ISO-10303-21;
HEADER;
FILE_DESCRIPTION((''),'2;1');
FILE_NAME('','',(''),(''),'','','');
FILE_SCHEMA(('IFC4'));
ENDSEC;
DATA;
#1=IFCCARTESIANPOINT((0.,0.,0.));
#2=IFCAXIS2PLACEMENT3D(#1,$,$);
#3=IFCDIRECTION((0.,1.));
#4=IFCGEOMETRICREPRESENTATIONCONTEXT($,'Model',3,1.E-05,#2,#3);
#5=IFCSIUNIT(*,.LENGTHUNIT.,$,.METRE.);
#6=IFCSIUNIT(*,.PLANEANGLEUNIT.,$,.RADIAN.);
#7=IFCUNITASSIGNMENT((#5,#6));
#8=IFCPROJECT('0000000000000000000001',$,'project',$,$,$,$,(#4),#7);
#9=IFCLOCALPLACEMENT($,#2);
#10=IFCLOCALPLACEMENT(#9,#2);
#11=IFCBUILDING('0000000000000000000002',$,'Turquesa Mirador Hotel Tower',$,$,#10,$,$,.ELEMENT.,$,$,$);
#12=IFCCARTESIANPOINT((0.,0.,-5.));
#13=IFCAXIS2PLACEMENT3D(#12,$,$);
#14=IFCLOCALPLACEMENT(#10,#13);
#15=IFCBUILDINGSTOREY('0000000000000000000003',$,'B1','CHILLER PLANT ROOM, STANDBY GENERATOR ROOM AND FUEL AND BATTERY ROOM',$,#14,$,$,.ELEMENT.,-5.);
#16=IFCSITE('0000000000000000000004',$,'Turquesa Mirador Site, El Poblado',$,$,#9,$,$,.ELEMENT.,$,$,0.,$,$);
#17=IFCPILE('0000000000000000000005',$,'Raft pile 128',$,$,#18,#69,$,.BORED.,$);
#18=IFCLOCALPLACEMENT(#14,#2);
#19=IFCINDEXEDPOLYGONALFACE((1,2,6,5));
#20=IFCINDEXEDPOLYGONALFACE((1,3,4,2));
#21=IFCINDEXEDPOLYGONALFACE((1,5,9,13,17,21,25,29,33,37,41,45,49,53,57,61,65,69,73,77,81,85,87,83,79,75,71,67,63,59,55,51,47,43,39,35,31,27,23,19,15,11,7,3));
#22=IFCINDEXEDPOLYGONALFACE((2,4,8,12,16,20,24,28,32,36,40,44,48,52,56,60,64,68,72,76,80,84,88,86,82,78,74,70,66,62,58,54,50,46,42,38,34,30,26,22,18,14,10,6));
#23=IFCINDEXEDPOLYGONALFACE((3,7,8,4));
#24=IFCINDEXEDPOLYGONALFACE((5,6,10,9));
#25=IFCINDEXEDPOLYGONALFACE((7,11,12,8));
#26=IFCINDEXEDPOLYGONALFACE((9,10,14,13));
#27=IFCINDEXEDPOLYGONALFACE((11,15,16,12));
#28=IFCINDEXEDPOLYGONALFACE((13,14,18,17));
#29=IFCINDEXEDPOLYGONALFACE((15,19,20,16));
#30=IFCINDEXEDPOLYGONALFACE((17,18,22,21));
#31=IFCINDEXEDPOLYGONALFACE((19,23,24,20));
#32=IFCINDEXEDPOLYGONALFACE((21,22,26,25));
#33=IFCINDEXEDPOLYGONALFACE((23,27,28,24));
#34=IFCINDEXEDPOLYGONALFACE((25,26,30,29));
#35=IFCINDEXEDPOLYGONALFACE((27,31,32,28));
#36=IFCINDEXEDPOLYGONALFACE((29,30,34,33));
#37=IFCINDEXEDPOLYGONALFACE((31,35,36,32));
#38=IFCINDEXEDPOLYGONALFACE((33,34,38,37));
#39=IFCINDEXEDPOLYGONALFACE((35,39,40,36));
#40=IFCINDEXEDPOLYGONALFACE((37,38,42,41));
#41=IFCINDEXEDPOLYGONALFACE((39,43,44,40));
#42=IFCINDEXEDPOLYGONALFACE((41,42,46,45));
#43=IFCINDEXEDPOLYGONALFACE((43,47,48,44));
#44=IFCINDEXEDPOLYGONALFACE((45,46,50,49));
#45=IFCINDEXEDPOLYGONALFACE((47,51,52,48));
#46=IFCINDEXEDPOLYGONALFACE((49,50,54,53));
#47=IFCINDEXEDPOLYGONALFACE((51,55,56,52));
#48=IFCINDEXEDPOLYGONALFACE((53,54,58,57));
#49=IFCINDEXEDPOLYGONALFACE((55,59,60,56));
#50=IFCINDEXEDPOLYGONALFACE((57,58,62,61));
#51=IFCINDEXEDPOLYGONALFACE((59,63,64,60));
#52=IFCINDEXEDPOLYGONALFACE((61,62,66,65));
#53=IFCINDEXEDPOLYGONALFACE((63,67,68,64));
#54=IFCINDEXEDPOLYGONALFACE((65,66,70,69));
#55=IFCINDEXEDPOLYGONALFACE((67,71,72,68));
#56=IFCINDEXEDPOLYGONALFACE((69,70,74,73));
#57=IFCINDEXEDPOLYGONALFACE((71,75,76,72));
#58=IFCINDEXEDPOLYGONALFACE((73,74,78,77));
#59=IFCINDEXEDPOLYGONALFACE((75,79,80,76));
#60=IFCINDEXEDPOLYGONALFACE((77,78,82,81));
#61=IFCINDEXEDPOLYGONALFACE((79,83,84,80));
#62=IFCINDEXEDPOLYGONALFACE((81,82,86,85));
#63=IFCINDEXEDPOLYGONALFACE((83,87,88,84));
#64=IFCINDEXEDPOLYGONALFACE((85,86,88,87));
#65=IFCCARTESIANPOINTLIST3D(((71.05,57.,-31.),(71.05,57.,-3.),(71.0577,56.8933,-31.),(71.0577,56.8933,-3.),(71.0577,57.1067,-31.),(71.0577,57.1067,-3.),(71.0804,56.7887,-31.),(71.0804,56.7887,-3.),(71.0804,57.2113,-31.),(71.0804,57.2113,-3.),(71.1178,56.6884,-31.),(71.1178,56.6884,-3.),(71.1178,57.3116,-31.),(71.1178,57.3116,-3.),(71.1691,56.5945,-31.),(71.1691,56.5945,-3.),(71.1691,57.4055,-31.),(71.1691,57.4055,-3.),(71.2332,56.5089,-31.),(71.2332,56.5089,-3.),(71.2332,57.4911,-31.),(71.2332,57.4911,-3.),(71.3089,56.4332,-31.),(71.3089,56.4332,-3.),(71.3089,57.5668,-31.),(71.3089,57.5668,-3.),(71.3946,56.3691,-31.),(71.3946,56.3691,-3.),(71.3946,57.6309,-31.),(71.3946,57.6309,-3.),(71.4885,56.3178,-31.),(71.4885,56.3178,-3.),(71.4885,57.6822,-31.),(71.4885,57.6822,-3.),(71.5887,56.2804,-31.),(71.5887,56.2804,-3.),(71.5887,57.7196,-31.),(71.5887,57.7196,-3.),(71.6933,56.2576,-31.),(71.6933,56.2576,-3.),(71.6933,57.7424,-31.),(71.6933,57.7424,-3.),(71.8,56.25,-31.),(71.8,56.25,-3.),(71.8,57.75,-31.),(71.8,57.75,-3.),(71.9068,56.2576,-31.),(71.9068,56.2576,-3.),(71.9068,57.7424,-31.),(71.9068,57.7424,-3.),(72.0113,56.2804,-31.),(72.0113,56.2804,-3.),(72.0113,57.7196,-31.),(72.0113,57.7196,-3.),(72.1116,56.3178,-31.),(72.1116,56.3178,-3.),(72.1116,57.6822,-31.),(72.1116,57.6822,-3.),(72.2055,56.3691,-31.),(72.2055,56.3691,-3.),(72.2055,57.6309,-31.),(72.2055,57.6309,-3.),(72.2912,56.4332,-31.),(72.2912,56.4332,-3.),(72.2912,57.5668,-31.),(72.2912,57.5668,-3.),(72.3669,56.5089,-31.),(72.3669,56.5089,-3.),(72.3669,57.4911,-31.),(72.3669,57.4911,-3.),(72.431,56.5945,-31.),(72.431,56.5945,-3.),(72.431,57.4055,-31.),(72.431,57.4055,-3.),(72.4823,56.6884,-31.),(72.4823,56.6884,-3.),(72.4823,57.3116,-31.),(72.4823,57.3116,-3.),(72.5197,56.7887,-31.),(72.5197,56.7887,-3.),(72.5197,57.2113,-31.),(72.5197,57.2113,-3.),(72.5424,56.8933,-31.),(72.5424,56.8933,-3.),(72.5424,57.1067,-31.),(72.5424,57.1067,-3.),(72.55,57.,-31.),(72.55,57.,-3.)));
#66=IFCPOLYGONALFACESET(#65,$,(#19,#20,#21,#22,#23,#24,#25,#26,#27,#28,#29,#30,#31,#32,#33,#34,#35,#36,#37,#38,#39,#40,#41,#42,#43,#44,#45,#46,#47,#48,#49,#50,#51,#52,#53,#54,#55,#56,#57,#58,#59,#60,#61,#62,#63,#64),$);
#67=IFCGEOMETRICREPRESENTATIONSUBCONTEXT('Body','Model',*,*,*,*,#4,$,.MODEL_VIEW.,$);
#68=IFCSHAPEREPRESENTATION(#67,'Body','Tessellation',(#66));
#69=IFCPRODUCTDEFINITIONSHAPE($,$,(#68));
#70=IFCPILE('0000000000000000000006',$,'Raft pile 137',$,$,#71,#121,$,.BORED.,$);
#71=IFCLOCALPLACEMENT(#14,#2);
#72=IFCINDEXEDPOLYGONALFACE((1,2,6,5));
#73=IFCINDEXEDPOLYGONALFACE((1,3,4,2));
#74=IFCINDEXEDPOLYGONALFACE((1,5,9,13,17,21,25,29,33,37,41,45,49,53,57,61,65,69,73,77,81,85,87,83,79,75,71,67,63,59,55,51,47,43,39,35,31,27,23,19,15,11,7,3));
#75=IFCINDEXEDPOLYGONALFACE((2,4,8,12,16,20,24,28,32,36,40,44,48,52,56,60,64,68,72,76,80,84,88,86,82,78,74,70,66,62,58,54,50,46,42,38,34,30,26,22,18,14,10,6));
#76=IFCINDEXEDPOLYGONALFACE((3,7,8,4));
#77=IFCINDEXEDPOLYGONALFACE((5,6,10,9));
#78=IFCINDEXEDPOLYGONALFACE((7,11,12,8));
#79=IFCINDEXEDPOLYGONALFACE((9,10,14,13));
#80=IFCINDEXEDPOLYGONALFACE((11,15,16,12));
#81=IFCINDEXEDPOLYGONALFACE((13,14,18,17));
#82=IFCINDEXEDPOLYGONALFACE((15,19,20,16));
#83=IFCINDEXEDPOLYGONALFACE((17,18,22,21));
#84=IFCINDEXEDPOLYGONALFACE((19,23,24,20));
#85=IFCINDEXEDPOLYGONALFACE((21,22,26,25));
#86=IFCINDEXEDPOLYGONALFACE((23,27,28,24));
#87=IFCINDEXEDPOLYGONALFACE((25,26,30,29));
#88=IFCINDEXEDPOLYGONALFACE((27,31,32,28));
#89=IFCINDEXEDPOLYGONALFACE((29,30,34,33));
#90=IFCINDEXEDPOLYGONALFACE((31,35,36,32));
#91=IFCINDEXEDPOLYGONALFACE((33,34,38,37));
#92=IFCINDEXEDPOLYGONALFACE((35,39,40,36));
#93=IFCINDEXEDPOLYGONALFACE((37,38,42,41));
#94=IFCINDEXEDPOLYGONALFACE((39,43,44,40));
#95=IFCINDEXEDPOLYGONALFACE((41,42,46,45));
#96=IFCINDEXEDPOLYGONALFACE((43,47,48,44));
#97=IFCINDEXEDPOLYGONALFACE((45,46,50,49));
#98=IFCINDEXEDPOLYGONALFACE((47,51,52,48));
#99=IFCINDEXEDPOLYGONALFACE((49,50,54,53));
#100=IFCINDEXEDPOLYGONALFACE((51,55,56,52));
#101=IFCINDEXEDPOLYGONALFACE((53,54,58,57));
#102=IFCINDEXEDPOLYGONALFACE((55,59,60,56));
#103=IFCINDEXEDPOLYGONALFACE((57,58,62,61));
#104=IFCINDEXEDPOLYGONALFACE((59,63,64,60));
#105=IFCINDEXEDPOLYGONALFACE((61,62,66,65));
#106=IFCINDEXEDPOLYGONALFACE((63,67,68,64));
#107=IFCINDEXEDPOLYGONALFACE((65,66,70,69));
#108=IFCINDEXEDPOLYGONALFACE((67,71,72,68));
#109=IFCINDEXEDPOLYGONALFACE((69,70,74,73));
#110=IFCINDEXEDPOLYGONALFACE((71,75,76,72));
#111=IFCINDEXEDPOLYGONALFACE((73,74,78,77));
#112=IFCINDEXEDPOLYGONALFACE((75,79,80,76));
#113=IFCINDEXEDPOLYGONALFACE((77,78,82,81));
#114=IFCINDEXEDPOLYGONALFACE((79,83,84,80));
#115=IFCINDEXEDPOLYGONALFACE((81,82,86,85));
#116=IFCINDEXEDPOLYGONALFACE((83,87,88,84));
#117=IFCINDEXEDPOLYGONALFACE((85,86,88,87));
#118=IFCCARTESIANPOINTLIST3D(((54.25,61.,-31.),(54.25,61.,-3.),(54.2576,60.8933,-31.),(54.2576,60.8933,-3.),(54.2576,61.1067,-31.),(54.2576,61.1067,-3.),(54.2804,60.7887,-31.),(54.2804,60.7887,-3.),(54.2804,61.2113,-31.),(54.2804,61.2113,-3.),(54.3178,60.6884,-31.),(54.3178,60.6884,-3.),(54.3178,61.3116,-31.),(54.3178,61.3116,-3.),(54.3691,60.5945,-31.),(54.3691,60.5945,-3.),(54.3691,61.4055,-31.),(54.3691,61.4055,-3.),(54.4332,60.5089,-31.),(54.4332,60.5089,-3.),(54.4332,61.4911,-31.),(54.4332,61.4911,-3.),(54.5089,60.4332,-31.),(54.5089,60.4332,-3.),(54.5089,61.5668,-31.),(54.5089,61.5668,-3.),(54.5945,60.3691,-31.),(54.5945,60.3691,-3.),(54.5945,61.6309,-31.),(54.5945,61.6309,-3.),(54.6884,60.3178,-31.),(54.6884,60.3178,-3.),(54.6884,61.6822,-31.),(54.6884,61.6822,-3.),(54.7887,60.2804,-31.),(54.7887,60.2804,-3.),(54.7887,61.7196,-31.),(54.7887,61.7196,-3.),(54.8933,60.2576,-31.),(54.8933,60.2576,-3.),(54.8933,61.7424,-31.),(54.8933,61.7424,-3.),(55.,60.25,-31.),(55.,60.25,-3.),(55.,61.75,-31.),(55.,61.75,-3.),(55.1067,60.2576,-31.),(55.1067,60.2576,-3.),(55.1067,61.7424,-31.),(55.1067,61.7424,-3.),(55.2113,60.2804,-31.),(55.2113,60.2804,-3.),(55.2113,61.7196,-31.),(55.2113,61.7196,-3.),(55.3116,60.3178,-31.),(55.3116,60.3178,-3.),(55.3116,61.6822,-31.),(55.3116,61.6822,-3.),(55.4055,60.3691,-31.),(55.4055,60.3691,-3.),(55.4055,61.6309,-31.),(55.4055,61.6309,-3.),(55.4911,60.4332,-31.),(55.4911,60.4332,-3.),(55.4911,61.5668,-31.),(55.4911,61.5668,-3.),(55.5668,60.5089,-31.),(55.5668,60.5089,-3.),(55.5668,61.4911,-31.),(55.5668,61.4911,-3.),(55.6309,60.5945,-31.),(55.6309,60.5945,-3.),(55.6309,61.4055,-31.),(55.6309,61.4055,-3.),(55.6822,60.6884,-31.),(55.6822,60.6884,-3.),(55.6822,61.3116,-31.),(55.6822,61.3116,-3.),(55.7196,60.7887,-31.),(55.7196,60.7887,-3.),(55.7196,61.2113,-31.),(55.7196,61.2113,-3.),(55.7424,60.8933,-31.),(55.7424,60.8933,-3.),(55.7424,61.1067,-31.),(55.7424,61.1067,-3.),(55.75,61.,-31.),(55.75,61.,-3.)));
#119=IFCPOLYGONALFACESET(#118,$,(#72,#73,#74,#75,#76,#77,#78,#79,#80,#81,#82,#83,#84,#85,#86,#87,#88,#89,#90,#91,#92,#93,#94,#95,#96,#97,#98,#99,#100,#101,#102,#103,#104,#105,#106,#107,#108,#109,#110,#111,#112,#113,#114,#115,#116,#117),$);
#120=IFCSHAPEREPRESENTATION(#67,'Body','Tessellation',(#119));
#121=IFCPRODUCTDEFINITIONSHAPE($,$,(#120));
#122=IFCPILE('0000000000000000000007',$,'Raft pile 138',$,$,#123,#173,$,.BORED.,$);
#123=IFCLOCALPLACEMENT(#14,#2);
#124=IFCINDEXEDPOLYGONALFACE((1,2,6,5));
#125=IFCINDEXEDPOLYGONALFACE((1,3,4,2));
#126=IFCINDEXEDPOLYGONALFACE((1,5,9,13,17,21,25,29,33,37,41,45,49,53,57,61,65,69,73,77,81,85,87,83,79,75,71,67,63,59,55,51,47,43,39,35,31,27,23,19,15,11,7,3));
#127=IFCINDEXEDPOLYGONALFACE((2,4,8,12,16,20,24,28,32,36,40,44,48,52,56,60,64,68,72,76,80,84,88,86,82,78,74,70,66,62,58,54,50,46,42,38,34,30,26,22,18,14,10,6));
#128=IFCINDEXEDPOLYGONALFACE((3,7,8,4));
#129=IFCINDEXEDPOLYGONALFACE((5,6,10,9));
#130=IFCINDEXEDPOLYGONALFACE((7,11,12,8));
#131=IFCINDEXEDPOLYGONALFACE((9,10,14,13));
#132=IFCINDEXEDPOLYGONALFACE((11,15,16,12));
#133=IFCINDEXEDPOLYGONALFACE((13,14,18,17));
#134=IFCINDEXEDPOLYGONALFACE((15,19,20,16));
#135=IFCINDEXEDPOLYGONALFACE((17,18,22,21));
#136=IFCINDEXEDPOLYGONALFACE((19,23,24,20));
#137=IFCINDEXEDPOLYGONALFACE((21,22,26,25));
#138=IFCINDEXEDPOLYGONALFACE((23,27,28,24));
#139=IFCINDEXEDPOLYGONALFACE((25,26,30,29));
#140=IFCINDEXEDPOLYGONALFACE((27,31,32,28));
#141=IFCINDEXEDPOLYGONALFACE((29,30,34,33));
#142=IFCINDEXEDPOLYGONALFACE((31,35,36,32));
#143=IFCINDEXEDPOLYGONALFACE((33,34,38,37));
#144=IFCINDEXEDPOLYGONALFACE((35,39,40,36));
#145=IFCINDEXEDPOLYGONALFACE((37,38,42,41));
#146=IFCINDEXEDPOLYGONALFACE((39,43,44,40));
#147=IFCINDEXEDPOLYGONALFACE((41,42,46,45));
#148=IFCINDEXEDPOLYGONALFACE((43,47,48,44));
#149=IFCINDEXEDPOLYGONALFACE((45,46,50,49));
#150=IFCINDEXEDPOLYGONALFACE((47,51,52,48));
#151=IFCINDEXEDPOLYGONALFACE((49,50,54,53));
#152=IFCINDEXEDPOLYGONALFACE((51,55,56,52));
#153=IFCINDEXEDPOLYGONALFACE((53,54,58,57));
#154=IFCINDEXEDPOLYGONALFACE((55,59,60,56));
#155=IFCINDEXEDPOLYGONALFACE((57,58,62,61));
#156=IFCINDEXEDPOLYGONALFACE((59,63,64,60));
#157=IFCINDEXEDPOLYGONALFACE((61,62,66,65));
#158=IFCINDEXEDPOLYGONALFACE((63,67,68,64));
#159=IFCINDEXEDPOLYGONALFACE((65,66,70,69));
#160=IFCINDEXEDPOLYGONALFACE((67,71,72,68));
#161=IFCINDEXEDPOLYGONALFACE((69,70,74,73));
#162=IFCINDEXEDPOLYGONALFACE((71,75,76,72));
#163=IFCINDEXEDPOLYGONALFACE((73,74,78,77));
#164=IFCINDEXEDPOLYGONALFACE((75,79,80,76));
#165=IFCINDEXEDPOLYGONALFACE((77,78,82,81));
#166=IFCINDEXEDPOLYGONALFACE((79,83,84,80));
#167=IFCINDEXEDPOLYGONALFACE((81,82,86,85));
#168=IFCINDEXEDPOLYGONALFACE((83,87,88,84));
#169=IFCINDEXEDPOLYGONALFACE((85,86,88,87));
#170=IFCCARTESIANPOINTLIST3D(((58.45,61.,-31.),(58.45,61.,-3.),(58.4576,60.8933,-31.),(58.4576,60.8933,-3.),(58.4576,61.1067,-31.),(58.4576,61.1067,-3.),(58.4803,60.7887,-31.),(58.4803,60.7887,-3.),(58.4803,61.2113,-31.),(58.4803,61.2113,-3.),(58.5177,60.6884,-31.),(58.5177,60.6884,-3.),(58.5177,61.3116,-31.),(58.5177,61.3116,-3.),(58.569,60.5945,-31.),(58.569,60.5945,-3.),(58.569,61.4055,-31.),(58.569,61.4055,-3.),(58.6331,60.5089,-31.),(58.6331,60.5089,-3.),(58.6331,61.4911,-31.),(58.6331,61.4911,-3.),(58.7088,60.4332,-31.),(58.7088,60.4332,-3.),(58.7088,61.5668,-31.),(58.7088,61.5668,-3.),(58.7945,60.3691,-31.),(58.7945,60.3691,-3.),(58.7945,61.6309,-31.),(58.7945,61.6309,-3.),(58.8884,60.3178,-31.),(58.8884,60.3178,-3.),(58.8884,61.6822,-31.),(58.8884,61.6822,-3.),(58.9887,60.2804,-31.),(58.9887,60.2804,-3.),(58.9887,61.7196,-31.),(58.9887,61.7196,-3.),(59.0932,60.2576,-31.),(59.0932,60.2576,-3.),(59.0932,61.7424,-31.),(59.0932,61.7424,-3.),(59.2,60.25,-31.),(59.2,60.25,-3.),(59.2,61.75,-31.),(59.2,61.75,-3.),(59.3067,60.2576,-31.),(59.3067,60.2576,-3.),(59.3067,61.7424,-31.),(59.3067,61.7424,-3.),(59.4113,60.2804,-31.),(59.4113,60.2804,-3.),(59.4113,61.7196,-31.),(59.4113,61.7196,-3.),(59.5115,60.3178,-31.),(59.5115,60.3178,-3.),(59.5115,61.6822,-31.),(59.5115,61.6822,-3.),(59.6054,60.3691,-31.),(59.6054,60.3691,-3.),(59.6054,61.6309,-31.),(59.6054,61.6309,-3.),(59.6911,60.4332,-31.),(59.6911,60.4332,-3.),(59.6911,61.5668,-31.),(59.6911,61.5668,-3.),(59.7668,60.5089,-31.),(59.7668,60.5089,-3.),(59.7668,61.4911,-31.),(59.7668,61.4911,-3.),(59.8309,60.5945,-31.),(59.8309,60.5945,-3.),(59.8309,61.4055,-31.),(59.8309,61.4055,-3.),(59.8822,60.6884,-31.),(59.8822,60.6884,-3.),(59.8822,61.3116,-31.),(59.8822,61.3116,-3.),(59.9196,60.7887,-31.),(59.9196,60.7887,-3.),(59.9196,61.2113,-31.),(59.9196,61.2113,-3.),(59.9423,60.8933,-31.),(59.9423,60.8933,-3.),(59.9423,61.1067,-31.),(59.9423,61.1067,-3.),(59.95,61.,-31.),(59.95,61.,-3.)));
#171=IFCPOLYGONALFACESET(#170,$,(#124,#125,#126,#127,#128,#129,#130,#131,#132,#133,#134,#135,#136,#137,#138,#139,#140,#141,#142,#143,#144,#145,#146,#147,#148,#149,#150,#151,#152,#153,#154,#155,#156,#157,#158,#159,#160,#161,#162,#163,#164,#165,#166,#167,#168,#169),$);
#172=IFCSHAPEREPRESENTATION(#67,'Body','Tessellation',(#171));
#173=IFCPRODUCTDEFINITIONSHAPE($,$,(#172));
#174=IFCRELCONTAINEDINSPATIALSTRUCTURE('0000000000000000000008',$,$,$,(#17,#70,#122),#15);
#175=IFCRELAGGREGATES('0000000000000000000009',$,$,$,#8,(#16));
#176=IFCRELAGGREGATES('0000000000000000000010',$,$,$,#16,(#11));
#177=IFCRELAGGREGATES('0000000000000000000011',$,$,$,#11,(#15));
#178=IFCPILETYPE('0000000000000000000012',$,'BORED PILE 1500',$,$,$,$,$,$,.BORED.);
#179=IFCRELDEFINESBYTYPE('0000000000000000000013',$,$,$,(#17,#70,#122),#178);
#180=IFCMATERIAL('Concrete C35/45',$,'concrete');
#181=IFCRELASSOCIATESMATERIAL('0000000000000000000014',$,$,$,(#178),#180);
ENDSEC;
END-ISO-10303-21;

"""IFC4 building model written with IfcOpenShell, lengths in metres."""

from ifc_helpers import new_model, si_unit, direction, frame, origin, origin_2d, place, context, subcontext, project, spatial, circle, extrude, material, type_object, element, save


model = new_model("IFC4")

# Units and contexts
model_context = context("Model", 3, precision=1e-05, world=origin(), true_north=direction((0.0, 1.0)))
body_context = subcontext(model_context, "Body", "Model", "MODEL_VIEW")
ifc_project = project(units=[si_unit("LENGTHUNIT", "METRE"), si_unit("PLANEANGLEUNIT", "RADIAN")], contexts=[model_context])

# Site, building, storey
site_placement = place(None, origin())
site = spatial("IfcSite", under=ifc_project, at=site_placement, Name="Turquesa Mirador Site, El Poblado", CompositionType="ELEMENT", RefElevation=0.0)
building_placement = place(site_placement, origin())
building = spatial("IfcBuilding", under=site, at=building_placement, Name="Turquesa Mirador Hotel Tower", CompositionType="ELEMENT")
storey_placement = place(building_placement, frame((0.0, 0.0, -5.0)))
storey = spatial("IfcBuildingStorey", under=building, at=storey_placement, Name="B1", Description="CHILLER PLANT ROOM, STANDBY GENERATOR ROOM AND FUEL AND BATTERY ROOM", CompositionType="ELEMENT", Elevation=-5.0)

# Piles
ifc_material_1 = material(Name="Concrete C35/45", Category="concrete")
pile_type = type_object("IfcPileType", Name="BORED PILE 1500", PredefinedType="BORED", material=ifc_material_1)
for number, where, z_axis, x_axis, name in (
    (1, (71.8, 57.0, -3.0), (0.0, 0.0, -1.0), (1.0, 0.0, 0.0), "Raft pile 128"),
    (2, (55.0, 61.0, -3.0), (0.0, 0.0, -1.0), (1.0, 0.0, 0.0), "Raft pile 137"),
    (3, (59.2, 61.0, -3.0), (0.0, 0.0, -1.0), (1.0, 0.0, 0.0), "Raft pile 138"),
):
    element("IfcPile", number, at=place(storey_placement, frame(where, z_axis=z_axis, x_axis=x_axis)), inside=storey, type_object=pile_type, Name=name, PredefinedType="BORED", context=body_context, shape_type="SweptSolid", body=[
        extrude(circle(Radius=0.75, at=origin_2d()), origin(), (0.0, 0.0, 1.0), 28.0),
    ])

save(model, "model.ifc")
